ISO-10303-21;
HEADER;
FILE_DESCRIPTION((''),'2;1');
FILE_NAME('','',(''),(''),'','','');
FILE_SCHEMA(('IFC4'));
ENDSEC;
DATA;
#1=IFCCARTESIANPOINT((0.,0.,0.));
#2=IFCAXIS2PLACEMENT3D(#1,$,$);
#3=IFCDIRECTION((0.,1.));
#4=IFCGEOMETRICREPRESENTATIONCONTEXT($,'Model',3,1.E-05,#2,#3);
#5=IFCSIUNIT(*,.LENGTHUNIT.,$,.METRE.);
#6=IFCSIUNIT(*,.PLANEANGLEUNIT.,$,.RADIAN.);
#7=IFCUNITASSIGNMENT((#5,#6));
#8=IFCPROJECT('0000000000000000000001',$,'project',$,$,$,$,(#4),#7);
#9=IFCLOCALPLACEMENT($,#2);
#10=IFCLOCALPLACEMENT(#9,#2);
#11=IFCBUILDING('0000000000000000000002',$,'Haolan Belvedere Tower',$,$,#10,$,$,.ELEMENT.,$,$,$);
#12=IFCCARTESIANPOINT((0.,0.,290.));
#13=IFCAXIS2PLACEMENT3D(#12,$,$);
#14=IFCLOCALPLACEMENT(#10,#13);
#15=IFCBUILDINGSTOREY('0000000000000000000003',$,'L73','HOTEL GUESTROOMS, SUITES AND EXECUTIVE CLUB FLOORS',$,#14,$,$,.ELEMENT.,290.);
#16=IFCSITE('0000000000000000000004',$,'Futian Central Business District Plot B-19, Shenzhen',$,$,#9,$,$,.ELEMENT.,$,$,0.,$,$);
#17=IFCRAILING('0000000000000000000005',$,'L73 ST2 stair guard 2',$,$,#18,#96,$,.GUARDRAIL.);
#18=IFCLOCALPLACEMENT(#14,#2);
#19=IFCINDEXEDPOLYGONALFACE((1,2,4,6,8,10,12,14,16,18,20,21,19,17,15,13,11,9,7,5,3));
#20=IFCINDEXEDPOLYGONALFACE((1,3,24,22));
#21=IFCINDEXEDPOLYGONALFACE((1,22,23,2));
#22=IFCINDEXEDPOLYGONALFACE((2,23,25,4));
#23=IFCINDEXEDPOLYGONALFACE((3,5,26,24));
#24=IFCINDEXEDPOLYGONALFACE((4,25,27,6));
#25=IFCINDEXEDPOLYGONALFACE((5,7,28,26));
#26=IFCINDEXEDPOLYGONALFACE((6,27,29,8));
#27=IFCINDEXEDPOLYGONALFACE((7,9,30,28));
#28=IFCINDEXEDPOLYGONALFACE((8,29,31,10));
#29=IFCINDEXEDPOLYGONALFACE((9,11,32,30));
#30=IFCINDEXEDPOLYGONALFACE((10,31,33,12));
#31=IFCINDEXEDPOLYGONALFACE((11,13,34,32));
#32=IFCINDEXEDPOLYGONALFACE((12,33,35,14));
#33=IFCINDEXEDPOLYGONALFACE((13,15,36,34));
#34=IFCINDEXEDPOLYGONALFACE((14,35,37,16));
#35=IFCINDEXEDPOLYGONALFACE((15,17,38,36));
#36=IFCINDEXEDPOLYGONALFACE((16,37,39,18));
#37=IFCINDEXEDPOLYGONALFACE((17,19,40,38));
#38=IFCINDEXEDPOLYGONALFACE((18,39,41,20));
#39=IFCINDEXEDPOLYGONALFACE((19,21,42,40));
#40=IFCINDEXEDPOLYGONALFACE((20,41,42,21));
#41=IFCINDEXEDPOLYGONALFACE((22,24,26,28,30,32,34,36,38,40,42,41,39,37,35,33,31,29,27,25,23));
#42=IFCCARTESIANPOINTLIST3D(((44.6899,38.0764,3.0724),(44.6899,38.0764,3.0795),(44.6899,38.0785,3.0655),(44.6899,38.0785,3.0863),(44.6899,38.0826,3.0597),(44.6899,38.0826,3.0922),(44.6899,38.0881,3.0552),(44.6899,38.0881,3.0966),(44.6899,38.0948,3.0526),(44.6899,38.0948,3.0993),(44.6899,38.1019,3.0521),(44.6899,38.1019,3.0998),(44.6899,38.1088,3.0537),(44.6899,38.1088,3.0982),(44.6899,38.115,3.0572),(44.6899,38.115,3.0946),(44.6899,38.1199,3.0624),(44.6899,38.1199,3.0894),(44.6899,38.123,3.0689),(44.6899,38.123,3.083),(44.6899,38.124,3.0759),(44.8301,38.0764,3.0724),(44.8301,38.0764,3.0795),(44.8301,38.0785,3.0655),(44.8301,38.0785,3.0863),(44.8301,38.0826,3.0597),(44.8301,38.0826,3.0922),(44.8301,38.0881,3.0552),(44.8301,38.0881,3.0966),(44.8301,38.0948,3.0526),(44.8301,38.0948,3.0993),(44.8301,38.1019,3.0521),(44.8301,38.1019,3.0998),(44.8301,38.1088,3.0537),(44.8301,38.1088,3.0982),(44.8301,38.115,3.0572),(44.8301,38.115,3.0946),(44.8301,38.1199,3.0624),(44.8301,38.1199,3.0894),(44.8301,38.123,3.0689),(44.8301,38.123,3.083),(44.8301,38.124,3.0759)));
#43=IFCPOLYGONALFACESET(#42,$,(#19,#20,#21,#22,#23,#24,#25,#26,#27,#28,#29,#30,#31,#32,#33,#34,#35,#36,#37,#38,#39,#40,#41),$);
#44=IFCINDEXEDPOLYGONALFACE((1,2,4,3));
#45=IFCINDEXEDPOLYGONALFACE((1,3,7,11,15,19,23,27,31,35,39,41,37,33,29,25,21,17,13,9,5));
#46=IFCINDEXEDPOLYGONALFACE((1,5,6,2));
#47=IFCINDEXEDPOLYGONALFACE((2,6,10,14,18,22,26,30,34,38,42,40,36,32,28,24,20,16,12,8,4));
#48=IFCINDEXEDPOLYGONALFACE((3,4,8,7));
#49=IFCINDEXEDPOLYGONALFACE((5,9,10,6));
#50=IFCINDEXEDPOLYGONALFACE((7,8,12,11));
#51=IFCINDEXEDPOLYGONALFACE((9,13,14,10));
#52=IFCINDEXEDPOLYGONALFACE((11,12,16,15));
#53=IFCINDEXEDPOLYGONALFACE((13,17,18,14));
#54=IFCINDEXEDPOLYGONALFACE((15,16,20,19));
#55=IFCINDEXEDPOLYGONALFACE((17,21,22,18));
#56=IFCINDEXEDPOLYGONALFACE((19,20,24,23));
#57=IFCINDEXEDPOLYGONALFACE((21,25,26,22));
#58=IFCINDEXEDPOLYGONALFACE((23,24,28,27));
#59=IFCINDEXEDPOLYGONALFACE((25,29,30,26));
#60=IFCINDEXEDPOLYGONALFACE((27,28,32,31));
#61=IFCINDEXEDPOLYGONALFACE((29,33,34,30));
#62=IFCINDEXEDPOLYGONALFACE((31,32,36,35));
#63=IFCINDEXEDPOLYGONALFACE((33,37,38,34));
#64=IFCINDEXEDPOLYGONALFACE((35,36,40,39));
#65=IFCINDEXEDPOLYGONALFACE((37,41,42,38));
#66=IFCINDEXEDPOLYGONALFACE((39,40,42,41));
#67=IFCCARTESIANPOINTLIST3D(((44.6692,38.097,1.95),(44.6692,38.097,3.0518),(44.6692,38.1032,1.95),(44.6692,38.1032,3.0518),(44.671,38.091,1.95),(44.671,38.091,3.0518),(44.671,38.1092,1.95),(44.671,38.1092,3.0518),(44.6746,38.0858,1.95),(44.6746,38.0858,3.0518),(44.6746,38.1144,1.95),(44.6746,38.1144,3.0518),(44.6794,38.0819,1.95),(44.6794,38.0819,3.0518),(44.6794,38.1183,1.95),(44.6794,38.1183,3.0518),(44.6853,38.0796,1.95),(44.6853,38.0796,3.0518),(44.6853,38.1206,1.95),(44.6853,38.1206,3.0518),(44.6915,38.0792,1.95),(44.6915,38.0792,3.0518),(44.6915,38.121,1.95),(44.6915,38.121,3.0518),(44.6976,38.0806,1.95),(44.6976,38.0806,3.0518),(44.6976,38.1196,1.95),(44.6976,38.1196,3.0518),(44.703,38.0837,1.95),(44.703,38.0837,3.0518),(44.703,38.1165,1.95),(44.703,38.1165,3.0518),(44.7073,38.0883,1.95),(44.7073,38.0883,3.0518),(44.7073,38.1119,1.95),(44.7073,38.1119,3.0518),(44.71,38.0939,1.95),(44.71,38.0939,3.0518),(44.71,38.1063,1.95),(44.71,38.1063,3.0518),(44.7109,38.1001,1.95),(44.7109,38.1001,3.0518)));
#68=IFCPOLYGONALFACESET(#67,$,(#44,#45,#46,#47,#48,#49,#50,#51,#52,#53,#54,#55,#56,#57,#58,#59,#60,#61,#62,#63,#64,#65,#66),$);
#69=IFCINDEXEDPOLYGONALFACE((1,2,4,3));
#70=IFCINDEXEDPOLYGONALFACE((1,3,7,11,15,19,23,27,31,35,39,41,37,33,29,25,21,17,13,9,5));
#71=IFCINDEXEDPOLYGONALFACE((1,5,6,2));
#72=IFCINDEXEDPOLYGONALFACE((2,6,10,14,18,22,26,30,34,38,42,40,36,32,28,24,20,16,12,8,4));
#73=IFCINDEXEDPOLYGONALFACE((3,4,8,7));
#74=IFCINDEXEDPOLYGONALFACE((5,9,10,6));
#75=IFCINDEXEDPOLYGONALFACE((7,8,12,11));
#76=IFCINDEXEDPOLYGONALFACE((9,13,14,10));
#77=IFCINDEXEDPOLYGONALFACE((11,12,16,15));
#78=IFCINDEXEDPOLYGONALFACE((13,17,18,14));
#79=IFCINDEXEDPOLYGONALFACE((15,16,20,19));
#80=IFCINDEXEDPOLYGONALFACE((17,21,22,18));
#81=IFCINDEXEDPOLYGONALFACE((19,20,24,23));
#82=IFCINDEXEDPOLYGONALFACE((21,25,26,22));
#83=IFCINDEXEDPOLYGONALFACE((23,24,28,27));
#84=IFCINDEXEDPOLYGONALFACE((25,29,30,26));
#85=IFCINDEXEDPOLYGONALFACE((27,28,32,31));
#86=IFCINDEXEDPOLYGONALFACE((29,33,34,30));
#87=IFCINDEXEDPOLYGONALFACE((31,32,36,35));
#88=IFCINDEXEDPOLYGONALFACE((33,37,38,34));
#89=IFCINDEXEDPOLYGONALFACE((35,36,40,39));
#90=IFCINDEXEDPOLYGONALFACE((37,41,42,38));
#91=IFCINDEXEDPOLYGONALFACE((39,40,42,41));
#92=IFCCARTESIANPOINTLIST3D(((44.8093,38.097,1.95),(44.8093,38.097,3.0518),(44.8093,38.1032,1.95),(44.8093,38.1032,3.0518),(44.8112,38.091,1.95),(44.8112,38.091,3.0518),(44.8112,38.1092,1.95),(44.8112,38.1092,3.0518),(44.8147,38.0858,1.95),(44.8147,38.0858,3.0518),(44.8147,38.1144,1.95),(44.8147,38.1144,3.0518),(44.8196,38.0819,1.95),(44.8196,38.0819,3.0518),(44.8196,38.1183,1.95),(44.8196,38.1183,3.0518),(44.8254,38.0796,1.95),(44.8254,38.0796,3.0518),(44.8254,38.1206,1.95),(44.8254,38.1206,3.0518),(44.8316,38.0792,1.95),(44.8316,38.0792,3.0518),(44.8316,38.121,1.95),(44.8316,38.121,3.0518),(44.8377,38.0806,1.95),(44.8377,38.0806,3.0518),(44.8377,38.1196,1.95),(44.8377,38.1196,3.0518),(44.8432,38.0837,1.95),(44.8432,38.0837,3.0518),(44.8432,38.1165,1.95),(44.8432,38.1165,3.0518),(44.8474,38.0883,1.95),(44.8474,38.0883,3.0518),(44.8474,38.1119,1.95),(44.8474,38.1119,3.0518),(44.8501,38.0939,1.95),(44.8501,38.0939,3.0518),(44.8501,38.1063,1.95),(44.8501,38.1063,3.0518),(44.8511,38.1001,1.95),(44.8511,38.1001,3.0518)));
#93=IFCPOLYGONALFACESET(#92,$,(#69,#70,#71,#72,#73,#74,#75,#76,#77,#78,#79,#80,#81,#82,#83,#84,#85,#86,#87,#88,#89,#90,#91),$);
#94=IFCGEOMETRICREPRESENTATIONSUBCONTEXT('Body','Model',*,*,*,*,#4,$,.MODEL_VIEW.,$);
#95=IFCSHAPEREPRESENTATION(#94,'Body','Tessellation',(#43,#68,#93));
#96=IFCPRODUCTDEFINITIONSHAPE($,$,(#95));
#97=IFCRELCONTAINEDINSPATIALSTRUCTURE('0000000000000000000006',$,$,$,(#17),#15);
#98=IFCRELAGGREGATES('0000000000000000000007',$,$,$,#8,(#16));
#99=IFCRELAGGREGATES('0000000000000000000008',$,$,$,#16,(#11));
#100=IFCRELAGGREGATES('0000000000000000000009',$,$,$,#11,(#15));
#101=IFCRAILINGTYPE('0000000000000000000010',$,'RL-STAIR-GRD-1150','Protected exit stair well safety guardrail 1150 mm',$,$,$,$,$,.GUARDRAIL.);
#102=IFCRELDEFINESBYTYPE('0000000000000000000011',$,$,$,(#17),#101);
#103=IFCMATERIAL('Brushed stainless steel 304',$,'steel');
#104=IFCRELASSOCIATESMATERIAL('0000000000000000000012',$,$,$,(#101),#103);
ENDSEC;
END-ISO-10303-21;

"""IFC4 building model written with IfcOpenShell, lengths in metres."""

from ifc_helpers import new_model, si_unit, direction, frame, origin, origin_2d, place, context, subcontext, project, spatial, circle, extrude, material, type_object, element, save


model = new_model("IFC4")

# Units and contexts
model_context = context("Model", 3, precision=1e-05, world=origin(), true_north=direction((0.0, 1.0)))
body_context = subcontext(model_context, "Body", "Model", "MODEL_VIEW")
ifc_project = project(units=[si_unit("LENGTHUNIT", "METRE"), si_unit("PLANEANGLEUNIT", "RADIAN")], contexts=[model_context])

# Site, building, storey
site_placement = place(None, origin())
site = spatial("IfcSite", under=ifc_project, at=site_placement, Name="Futian Central Business District Plot B-19, Shenzhen", CompositionType="ELEMENT", RefElevation=0.0)
building_placement = place(site_placement, origin())
building = spatial("IfcBuilding", under=site, at=building_placement, Name="Haolan Belvedere Tower", CompositionType="ELEMENT")
storey_placement = place(building_placement, frame((0.0, 0.0, 290.0)))
storey = spatial("IfcBuildingStorey", under=building, at=storey_placement, Name="L73", Description="HOTEL GUESTROOMS, SUITES AND EXECUTIVE CLUB FLOORS", CompositionType="ELEMENT", Elevation=290.0)

# Railing
ifc_material_1 = material(Name="Brushed stainless steel 304", Category="steel")
railing_type_1 = type_object("IfcRailingType", Name="RL-STAIR-GRD-1150", Description="Protected exit stair well safety guardrail 1150 mm", PredefinedType="GUARDRAIL", material=ifc_material_1)
railing_1_placement = place(storey_placement, frame((44.6899, 38.1001, 1.95)))
element("IfcRailing", 1, at=railing_1_placement, inside=storey, type_object=railing_type_1, Name="L73 ST2 stair guard 2", PredefinedType="GUARDRAIL", context=body_context, shape_type="SweptSolid", body=[
    extrude(circle(Radius=0.0239, at=origin_2d()), frame((0.0, 0.0, 1.126), z_axis=(1.0, 0.0, 0.0), x_axis=(0.0, 1.0, 0.0)), (0.0, 0.0, 1.0), 0.1401),
    extrude(circle(Radius=0.021, at=origin_2d()), origin(), (0.0, 0.0, 1.0), 1.1018),
    extrude(circle(Radius=0.021, at=origin_2d()), frame((0.1401, 0.0, 0.0)), (0.0, 0.0, 1.0), 1.1018),
])

save(model, "model.ifc")
